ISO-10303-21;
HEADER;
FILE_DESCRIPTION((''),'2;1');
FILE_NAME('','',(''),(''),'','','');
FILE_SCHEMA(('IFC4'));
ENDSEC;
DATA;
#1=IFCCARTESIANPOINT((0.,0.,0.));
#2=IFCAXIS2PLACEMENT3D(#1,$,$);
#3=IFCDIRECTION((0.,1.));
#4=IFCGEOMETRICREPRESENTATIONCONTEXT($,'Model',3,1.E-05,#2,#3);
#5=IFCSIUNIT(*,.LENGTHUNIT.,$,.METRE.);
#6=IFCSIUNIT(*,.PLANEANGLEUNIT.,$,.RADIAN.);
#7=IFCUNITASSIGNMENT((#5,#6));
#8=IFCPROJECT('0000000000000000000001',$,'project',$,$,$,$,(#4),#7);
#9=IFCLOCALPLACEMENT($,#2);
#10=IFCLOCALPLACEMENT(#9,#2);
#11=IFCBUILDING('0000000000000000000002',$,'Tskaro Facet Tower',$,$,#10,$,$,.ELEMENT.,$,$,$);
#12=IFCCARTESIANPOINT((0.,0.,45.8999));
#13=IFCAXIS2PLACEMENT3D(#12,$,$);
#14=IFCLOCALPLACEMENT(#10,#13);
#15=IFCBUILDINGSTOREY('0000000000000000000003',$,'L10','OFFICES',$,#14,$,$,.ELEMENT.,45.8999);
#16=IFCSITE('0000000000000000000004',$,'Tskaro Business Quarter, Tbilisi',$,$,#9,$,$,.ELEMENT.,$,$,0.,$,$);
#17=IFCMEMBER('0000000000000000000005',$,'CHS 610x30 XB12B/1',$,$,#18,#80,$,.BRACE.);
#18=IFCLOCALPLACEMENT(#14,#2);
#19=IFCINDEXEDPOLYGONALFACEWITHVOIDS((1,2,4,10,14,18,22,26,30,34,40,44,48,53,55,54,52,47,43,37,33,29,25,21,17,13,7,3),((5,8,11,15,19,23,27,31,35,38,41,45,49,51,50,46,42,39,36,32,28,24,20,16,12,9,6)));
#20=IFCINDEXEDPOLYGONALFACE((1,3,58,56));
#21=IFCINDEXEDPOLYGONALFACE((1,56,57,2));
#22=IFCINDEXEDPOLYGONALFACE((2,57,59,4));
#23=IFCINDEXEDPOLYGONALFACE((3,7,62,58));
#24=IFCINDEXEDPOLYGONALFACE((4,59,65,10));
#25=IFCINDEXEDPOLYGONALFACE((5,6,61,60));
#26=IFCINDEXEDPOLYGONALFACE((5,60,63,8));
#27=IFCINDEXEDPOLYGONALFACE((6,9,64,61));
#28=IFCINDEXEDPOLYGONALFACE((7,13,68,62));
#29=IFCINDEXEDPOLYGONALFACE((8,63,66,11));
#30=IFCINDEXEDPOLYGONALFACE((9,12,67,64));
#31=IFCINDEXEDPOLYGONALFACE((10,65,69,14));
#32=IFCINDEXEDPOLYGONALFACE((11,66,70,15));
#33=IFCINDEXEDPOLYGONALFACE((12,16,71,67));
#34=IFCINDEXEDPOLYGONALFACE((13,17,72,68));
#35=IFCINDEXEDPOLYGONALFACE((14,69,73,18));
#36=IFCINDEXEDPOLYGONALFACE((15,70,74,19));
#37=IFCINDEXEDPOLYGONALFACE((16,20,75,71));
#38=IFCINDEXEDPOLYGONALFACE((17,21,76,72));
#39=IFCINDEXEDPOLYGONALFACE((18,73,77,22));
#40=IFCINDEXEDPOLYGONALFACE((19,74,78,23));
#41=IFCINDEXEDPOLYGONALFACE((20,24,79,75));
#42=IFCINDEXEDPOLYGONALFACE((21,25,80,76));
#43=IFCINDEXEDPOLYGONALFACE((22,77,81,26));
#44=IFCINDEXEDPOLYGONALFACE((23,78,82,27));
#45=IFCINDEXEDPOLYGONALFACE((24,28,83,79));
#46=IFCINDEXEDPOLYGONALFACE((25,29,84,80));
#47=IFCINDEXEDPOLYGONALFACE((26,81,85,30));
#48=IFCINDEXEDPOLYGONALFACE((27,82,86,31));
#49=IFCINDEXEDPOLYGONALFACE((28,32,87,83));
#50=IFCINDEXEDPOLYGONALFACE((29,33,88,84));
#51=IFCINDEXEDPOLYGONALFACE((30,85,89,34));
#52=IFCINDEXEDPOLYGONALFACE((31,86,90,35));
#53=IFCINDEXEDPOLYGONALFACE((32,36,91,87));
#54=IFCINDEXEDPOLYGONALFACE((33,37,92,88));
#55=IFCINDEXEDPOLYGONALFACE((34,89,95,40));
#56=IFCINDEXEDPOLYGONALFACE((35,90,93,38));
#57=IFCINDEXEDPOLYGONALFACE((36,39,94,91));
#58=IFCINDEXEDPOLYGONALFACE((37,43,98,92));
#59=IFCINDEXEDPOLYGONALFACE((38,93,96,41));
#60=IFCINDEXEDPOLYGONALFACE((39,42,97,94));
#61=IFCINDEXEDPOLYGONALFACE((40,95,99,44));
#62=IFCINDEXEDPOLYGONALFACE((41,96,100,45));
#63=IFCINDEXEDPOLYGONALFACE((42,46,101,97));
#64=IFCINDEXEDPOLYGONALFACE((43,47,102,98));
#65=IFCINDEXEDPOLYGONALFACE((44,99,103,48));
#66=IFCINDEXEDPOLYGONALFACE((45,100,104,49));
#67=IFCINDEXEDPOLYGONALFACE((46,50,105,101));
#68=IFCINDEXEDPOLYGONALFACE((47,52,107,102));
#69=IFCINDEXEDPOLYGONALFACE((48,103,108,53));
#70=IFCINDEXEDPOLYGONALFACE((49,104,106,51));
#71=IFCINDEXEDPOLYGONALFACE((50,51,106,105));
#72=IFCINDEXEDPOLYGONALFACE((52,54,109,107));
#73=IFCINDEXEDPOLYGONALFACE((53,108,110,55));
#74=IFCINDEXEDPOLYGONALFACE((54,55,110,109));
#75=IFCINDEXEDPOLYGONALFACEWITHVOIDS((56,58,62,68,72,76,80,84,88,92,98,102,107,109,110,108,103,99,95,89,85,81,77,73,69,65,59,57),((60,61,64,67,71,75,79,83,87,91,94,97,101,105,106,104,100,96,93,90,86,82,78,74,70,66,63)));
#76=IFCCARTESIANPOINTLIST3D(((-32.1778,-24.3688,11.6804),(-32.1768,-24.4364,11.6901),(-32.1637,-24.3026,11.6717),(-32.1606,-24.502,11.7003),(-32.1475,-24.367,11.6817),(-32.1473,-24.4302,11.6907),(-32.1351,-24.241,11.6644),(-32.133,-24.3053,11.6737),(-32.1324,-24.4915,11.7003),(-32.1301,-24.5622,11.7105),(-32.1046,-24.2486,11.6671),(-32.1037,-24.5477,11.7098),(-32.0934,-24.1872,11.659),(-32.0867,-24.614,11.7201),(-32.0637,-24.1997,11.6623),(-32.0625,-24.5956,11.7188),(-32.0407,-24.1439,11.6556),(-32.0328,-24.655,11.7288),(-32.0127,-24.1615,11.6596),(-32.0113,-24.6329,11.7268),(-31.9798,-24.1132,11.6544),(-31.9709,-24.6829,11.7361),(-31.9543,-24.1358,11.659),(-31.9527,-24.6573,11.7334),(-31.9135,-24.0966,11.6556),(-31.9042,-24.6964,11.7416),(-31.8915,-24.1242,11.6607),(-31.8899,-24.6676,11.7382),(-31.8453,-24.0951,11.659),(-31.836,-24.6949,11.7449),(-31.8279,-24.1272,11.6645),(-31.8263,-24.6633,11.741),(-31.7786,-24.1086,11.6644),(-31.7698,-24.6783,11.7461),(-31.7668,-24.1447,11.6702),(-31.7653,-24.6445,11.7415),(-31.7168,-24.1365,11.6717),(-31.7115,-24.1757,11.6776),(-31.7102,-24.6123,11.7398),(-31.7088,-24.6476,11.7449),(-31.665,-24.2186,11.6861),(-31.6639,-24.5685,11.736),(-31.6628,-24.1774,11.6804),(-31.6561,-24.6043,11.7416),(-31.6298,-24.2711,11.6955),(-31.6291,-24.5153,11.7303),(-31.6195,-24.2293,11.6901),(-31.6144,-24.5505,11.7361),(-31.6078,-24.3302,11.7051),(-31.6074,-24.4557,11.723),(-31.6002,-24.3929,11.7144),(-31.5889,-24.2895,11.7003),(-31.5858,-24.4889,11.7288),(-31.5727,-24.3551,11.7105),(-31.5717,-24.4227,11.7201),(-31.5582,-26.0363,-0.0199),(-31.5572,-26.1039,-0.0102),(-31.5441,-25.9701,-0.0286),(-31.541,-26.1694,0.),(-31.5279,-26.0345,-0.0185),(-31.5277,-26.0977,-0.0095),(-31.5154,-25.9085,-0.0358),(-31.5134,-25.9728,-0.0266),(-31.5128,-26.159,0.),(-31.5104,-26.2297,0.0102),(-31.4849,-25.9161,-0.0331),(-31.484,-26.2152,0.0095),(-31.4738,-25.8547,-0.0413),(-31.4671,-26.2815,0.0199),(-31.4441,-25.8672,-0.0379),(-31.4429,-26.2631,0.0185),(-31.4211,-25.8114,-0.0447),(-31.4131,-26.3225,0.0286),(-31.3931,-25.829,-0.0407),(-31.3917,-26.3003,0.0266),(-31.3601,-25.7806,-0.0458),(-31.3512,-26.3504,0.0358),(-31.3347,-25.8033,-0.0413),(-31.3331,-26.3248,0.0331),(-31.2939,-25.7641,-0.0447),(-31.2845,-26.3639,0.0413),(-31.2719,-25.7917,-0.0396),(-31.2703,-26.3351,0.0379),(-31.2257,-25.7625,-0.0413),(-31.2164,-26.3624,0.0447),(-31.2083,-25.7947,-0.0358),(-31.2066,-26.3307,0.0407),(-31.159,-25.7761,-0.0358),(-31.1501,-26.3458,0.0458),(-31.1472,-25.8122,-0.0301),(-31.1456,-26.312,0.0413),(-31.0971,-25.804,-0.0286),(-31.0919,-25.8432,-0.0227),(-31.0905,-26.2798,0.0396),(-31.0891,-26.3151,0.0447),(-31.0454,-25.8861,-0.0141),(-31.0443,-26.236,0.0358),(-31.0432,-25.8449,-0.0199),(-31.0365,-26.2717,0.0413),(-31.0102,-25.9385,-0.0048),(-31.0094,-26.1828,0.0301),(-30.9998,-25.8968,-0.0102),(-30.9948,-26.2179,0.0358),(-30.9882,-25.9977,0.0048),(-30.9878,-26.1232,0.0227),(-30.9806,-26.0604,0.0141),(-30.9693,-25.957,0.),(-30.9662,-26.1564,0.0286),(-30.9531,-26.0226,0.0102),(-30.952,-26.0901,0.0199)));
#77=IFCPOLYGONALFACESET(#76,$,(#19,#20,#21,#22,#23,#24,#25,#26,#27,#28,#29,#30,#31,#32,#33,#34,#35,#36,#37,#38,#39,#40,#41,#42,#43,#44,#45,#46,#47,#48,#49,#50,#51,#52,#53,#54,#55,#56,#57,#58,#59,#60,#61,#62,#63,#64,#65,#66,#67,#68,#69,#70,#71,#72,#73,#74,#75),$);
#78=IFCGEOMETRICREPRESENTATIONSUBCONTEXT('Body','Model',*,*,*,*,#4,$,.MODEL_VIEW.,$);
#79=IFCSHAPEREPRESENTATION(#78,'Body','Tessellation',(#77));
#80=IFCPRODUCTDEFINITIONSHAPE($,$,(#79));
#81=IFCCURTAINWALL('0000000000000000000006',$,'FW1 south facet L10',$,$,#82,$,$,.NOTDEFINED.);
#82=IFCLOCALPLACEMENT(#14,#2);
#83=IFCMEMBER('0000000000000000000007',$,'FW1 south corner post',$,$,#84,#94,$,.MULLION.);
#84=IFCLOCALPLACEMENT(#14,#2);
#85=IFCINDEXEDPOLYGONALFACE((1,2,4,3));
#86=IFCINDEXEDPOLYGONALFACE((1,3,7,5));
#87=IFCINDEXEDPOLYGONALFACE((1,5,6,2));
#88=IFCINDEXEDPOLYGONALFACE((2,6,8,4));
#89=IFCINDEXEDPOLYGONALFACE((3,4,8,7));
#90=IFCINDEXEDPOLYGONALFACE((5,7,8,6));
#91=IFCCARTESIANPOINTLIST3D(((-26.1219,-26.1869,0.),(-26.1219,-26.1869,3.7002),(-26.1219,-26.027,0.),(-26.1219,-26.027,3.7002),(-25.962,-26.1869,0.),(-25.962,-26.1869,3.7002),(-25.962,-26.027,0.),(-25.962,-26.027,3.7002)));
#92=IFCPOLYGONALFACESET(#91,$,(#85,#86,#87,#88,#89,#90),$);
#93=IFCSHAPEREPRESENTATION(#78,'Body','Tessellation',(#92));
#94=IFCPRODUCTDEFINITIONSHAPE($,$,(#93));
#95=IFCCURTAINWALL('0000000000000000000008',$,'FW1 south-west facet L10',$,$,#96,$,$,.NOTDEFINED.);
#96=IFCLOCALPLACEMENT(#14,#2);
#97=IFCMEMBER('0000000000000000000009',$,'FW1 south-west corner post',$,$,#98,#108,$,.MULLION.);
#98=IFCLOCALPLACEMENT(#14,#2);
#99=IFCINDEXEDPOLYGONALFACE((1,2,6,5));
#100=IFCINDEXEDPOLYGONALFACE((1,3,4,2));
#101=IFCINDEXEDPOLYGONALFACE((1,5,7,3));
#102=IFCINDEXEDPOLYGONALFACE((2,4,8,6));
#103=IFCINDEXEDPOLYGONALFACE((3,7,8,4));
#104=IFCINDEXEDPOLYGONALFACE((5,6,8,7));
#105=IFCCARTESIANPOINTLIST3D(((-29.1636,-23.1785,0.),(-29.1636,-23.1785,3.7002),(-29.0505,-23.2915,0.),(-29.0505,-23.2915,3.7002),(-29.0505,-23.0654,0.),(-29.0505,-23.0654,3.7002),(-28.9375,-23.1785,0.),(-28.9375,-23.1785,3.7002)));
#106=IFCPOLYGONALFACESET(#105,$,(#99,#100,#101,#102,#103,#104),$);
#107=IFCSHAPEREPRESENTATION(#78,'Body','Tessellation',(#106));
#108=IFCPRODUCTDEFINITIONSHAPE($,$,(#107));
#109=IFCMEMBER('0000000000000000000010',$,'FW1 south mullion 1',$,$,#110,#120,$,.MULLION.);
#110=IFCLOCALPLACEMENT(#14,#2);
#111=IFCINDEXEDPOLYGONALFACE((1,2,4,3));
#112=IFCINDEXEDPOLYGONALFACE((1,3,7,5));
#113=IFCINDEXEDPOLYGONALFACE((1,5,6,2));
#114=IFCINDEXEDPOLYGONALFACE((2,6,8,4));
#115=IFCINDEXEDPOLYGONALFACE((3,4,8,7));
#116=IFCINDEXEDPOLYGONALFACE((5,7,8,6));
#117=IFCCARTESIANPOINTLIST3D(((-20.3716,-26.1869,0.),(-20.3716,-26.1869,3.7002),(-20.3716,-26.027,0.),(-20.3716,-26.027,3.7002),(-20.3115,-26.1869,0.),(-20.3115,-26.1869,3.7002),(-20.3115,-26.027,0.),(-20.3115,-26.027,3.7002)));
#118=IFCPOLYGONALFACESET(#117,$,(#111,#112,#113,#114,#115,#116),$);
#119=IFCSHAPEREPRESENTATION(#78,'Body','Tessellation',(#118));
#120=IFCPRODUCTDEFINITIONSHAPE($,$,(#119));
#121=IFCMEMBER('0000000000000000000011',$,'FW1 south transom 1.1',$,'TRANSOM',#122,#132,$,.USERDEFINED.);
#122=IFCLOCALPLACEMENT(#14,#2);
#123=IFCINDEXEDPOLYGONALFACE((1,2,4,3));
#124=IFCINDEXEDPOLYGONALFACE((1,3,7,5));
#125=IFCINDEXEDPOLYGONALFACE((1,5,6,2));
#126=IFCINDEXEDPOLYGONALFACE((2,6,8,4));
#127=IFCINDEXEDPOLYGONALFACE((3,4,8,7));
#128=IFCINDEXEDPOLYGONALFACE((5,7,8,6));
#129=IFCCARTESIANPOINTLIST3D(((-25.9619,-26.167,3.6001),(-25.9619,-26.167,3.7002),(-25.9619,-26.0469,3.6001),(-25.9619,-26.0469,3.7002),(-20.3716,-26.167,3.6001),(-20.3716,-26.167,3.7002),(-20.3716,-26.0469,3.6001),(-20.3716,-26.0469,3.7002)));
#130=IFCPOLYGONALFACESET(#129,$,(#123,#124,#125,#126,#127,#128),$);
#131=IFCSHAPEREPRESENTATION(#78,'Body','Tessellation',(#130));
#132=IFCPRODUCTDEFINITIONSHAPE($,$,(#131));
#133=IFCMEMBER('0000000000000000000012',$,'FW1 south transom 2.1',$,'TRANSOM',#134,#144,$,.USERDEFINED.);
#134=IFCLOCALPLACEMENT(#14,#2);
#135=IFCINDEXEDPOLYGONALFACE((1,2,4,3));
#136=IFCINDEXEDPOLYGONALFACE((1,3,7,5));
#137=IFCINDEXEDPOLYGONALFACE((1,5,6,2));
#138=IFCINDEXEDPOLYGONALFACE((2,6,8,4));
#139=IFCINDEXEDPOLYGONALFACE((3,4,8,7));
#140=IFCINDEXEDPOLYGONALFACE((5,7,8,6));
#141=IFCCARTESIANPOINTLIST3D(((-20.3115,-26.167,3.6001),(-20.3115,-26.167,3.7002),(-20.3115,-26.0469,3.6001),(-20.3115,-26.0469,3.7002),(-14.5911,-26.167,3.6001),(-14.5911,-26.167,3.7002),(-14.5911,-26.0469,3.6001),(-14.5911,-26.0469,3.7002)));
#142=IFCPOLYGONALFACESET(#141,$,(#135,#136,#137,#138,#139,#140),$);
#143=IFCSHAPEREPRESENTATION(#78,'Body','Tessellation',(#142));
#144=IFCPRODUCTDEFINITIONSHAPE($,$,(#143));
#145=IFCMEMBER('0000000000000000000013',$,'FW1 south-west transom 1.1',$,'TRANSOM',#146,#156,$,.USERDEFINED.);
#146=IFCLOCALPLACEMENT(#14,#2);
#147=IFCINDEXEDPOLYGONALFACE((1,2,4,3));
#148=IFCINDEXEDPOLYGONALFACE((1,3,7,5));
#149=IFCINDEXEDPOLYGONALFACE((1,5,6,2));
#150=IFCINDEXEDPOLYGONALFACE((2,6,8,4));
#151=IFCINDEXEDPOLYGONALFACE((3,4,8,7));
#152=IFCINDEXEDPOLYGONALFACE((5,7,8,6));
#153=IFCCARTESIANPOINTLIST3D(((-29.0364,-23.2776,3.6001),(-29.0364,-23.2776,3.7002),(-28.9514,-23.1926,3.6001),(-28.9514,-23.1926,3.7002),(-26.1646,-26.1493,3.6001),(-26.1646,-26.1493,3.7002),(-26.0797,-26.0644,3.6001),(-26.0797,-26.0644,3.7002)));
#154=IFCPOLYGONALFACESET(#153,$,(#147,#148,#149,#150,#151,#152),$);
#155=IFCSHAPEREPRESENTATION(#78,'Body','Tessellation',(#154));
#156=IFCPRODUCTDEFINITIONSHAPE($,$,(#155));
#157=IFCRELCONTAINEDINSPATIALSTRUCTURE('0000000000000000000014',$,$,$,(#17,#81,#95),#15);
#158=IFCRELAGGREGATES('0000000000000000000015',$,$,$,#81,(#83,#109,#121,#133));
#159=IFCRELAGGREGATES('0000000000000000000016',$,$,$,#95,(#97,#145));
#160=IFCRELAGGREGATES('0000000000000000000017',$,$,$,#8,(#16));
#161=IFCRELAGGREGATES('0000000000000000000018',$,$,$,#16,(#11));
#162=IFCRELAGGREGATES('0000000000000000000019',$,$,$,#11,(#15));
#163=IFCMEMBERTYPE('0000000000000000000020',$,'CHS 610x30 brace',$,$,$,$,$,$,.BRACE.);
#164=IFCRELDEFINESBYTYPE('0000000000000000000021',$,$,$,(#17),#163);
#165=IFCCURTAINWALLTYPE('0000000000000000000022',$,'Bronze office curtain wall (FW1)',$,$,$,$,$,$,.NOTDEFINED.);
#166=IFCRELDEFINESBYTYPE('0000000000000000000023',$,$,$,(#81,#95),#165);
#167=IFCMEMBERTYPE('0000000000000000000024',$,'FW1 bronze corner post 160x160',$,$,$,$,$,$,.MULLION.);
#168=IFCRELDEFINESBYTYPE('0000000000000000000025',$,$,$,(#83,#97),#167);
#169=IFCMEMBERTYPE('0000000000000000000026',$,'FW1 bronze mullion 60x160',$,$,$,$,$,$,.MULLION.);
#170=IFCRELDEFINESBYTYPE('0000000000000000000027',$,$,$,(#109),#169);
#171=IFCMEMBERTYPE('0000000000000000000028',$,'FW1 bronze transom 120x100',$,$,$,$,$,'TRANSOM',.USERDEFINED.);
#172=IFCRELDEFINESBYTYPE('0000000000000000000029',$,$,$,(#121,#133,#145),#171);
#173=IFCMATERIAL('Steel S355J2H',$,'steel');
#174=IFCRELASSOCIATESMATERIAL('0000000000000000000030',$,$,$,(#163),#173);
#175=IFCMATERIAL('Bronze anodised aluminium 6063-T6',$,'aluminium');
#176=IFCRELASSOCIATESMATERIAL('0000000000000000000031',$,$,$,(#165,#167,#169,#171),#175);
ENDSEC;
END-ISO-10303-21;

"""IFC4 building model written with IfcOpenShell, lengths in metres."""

from ifc_helpers import new_model, si_unit, direction, frame, origin, origin_2d, place, context, subcontext, project, spatial, rectangle, hollow_circle, extrude, material, material_profile, profile_set, type_object, element, aggregate, save


model = new_model("IFC4")

# Units and contexts
model_context = context("Model", 3, precision=1e-05, world=origin(), true_north=direction((0.0, 1.0)))
body_context = subcontext(model_context, "Body", "Model", "MODEL_VIEW")
ifc_project = project(units=[si_unit("LENGTHUNIT", "METRE"), si_unit("PLANEANGLEUNIT", "RADIAN")], contexts=[model_context])

# Site, building, storey
site_placement = place(None, origin())
site = spatial("IfcSite", under=ifc_project, at=site_placement, Name="Tskaro Business Quarter, Tbilisi", CompositionType="ELEMENT", RefElevation=0.0)
building_placement = place(site_placement, origin())
building = spatial("IfcBuilding", under=site, at=building_placement, Name="Tskaro Facet Tower", CompositionType="ELEMENT")
storey_placement = place(building_placement, frame((0.0, 0.0, 45.8999)))
storey = spatial("IfcBuildingStorey", under=building, at=storey_placement, Name="L10", Description="OFFICES", CompositionType="ELEMENT", Elevation=45.8999)

# Shared definitions
ifc_material_1 = material(Name="Steel S355J2H", Category="steel")

# Member
ifc_material_profile_1 = material_profile(ifc_material_1, hollow_circle(Radius=0.3049, WallThickness=0.03, at=origin_2d()), Name="CHS 610x30")
ifc_profile_set_1 = profile_set([ifc_material_profile_1], Name="Steel S355J2H")
member_type_1 = type_object("IfcMemberType", Name="CHS 610x30 brace", PredefinedType="BRACE", material=ifc_profile_set_1)
for number, where, z_axis, x_axis, name in (
    (1, (-31.2551, -26.0632, 0.0), (-0.052357, 0.140898, 0.988639), (-0.937374, -0.348324, 0.0), "CHS 610x30 XB12B/1"),
):
    element("IfcMember", number, at=place(storey_placement, frame(where, z_axis=z_axis, x_axis=x_axis)), inside=storey, type_object=member_type_1, Name=name, PredefinedType="BRACE", context=body_context, shape_type="SweptSolid", body=[
        extrude(hollow_circle(Radius=0.3049, WallThickness=0.03, at=origin_2d()), origin(), (0.0, 0.0, 1.0), 11.8347),
    ])

# Curtain walls, members
ifc_material_2 = material(Name="Bronze anodised aluminium 6063-T6", Category="aluminium")
curtain_wall_type = type_object("IfcCurtainWallType", Name="Bronze office curtain wall (FW1)", PredefinedType="NOTDEFINED", material=ifc_material_2)
curtain_wall_1_placement = place(storey_placement, origin())
curtain_wall_1 = element("IfcCurtainWall", 2, at=curtain_wall_1_placement, inside=storey, type_object=curtain_wall_type, Name="FW1 south facet L10", PredefinedType="NOTDEFINED")
ifc_material_profile_2 = material_profile(ifc_material_2, rectangle(XDim=0.1599, YDim=0.1599, at=origin_2d()), Name="Corner post 160x160")
ifc_profile_set_2 = profile_set([ifc_material_profile_2], Name="Bronze anodised aluminium 6063-T6")
member_type_2 = type_object("IfcMemberType", Name="FW1 bronze corner post 160x160", PredefinedType="MULLION", material=ifc_profile_set_2)
member_1_placement = place(storey_placement, frame((-26.042, -26.1069, 0.0), z_axis=(0.0, 0.0, 1.0), x_axis=(1.0, 0.0, 0.0)))
member_1 = element("IfcMember", 3, at=member_1_placement, type_object=member_type_2, Name="FW1 south corner post", PredefinedType="MULLION", context=body_context, shape_type="SweptSolid", body=[
    extrude(rectangle(XDim=0.1599, YDim=0.1599, at=origin_2d()), origin(), (0.0, 0.0, 1.0), 3.7002),
])
curtain_wall_2_placement = place(storey_placement, origin())
curtain_wall_2 = element("IfcCurtainWall", 4, at=curtain_wall_2_placement, inside=storey, type_object=curtain_wall_type, Name="FW1 south-west facet L10", PredefinedType="NOTDEFINED")
member_2_placement = place(storey_placement, frame((-29.0505, -23.1785, 0.0), z_axis=(0.0, 0.0, 1.0), x_axis=(0.707107, -0.707107, 0.0)))
member_2 = element("IfcMember", 5, at=member_2_placement, type_object=member_type_2, Name="FW1 south-west corner post", PredefinedType="MULLION", context=body_context, shape_type="SweptSolid", body=[
    extrude(rectangle(XDim=0.1599, YDim=0.1599, at=origin_2d()), origin(), (0.0, 0.0, 1.0), 3.7002),
])

# Members
ifc_material_profile_3 = material_profile(ifc_material_2, rectangle(XDim=0.0601, YDim=0.1599, at=origin_2d()), Name="Mullion 60x160")
ifc_profile_set_3 = profile_set([ifc_material_profile_3], Name="Bronze anodised aluminium 6063-T6")
member_type_3 = type_object("IfcMemberType", Name="FW1 bronze mullion 60x160", PredefinedType="MULLION", material=ifc_profile_set_3)
member_3_placement = place(storey_placement, frame((-20.3416, -26.1069, 0.0), z_axis=(0.0, 0.0, 1.0), x_axis=(1.0, 0.0, 0.0)))
member_3 = element("IfcMember", 6, at=member_3_placement, type_object=member_type_3, Name="FW1 south mullion 1", PredefinedType="MULLION", context=body_context, shape_type="SweptSolid", body=[
    extrude(rectangle(XDim=0.0601, YDim=0.1599, at=origin_2d()), origin(), (0.0, 0.0, 1.0), 3.7002),
])
ifc_material_profile_4 = material_profile(ifc_material_2, rectangle(XDim=0.1201, YDim=0.1001, at=origin_2d()), Name="Transom 120x100")
ifc_profile_set_4 = profile_set([ifc_material_profile_4], Name="Bronze anodised aluminium 6063-T6")
member_type_4 = type_object("IfcMemberType", Name="FW1 bronze transom 120x100", ElementType="TRANSOM", PredefinedType="USERDEFINED", material=ifc_profile_set_4)
member_4_placement = place(storey_placement, frame((-25.9619, -26.1069, 3.6501), z_axis=(1.0, 0.0, 0.0), x_axis=(0.0, 1.0, 0.0)))
member_4 = element("IfcMember", 7, at=member_4_placement, type_object=member_type_4, Name="FW1 south transom 1.1", ObjectType="TRANSOM", PredefinedType="USERDEFINED", context=body_context, shape_type="SweptSolid", body=[
    extrude(rectangle(XDim=0.1201, YDim=0.1001, at=origin_2d()), origin(), (0.0, 0.0, 1.0), 5.5903),
])
member_5_placement = place(storey_placement, frame((-20.3115, -26.1069, 3.6501), z_axis=(1.0, 0.0, 0.0), x_axis=(0.0, 1.0, 0.0)))
member_5 = element("IfcMember", 8, at=member_5_placement, type_object=member_type_4, Name="FW1 south transom 2.1", ObjectType="TRANSOM", PredefinedType="USERDEFINED", context=body_context, shape_type="SweptSolid", body=[
    extrude(rectangle(XDim=0.1201, YDim=0.1001, at=origin_2d()), origin(), (0.0, 0.0, 1.0), 5.7205),
])
member_6_placement = place(storey_placement, frame((-28.9939, -23.2351, 3.6501), z_axis=(0.707107, -0.707107, 0.0), x_axis=(0.707107, 0.707107, 0.0)))
member_6 = element("IfcMember", 9, at=member_6_placement, type_object=member_type_4, Name="FW1 south-west transom 1.1", ObjectType="TRANSOM", PredefinedType="USERDEFINED", context=body_context, shape_type="SweptSolid", body=[
    extrude(rectangle(XDim=0.1201, YDim=0.1001, at=origin_2d()), origin(), (0.0, 0.0, 1.0), 4.0613),
])

aggregate(curtain_wall_1, [member_1, member_3, member_4, member_5])

aggregate(curtain_wall_2, [member_2, member_6])

save(model, "model.ifc")
